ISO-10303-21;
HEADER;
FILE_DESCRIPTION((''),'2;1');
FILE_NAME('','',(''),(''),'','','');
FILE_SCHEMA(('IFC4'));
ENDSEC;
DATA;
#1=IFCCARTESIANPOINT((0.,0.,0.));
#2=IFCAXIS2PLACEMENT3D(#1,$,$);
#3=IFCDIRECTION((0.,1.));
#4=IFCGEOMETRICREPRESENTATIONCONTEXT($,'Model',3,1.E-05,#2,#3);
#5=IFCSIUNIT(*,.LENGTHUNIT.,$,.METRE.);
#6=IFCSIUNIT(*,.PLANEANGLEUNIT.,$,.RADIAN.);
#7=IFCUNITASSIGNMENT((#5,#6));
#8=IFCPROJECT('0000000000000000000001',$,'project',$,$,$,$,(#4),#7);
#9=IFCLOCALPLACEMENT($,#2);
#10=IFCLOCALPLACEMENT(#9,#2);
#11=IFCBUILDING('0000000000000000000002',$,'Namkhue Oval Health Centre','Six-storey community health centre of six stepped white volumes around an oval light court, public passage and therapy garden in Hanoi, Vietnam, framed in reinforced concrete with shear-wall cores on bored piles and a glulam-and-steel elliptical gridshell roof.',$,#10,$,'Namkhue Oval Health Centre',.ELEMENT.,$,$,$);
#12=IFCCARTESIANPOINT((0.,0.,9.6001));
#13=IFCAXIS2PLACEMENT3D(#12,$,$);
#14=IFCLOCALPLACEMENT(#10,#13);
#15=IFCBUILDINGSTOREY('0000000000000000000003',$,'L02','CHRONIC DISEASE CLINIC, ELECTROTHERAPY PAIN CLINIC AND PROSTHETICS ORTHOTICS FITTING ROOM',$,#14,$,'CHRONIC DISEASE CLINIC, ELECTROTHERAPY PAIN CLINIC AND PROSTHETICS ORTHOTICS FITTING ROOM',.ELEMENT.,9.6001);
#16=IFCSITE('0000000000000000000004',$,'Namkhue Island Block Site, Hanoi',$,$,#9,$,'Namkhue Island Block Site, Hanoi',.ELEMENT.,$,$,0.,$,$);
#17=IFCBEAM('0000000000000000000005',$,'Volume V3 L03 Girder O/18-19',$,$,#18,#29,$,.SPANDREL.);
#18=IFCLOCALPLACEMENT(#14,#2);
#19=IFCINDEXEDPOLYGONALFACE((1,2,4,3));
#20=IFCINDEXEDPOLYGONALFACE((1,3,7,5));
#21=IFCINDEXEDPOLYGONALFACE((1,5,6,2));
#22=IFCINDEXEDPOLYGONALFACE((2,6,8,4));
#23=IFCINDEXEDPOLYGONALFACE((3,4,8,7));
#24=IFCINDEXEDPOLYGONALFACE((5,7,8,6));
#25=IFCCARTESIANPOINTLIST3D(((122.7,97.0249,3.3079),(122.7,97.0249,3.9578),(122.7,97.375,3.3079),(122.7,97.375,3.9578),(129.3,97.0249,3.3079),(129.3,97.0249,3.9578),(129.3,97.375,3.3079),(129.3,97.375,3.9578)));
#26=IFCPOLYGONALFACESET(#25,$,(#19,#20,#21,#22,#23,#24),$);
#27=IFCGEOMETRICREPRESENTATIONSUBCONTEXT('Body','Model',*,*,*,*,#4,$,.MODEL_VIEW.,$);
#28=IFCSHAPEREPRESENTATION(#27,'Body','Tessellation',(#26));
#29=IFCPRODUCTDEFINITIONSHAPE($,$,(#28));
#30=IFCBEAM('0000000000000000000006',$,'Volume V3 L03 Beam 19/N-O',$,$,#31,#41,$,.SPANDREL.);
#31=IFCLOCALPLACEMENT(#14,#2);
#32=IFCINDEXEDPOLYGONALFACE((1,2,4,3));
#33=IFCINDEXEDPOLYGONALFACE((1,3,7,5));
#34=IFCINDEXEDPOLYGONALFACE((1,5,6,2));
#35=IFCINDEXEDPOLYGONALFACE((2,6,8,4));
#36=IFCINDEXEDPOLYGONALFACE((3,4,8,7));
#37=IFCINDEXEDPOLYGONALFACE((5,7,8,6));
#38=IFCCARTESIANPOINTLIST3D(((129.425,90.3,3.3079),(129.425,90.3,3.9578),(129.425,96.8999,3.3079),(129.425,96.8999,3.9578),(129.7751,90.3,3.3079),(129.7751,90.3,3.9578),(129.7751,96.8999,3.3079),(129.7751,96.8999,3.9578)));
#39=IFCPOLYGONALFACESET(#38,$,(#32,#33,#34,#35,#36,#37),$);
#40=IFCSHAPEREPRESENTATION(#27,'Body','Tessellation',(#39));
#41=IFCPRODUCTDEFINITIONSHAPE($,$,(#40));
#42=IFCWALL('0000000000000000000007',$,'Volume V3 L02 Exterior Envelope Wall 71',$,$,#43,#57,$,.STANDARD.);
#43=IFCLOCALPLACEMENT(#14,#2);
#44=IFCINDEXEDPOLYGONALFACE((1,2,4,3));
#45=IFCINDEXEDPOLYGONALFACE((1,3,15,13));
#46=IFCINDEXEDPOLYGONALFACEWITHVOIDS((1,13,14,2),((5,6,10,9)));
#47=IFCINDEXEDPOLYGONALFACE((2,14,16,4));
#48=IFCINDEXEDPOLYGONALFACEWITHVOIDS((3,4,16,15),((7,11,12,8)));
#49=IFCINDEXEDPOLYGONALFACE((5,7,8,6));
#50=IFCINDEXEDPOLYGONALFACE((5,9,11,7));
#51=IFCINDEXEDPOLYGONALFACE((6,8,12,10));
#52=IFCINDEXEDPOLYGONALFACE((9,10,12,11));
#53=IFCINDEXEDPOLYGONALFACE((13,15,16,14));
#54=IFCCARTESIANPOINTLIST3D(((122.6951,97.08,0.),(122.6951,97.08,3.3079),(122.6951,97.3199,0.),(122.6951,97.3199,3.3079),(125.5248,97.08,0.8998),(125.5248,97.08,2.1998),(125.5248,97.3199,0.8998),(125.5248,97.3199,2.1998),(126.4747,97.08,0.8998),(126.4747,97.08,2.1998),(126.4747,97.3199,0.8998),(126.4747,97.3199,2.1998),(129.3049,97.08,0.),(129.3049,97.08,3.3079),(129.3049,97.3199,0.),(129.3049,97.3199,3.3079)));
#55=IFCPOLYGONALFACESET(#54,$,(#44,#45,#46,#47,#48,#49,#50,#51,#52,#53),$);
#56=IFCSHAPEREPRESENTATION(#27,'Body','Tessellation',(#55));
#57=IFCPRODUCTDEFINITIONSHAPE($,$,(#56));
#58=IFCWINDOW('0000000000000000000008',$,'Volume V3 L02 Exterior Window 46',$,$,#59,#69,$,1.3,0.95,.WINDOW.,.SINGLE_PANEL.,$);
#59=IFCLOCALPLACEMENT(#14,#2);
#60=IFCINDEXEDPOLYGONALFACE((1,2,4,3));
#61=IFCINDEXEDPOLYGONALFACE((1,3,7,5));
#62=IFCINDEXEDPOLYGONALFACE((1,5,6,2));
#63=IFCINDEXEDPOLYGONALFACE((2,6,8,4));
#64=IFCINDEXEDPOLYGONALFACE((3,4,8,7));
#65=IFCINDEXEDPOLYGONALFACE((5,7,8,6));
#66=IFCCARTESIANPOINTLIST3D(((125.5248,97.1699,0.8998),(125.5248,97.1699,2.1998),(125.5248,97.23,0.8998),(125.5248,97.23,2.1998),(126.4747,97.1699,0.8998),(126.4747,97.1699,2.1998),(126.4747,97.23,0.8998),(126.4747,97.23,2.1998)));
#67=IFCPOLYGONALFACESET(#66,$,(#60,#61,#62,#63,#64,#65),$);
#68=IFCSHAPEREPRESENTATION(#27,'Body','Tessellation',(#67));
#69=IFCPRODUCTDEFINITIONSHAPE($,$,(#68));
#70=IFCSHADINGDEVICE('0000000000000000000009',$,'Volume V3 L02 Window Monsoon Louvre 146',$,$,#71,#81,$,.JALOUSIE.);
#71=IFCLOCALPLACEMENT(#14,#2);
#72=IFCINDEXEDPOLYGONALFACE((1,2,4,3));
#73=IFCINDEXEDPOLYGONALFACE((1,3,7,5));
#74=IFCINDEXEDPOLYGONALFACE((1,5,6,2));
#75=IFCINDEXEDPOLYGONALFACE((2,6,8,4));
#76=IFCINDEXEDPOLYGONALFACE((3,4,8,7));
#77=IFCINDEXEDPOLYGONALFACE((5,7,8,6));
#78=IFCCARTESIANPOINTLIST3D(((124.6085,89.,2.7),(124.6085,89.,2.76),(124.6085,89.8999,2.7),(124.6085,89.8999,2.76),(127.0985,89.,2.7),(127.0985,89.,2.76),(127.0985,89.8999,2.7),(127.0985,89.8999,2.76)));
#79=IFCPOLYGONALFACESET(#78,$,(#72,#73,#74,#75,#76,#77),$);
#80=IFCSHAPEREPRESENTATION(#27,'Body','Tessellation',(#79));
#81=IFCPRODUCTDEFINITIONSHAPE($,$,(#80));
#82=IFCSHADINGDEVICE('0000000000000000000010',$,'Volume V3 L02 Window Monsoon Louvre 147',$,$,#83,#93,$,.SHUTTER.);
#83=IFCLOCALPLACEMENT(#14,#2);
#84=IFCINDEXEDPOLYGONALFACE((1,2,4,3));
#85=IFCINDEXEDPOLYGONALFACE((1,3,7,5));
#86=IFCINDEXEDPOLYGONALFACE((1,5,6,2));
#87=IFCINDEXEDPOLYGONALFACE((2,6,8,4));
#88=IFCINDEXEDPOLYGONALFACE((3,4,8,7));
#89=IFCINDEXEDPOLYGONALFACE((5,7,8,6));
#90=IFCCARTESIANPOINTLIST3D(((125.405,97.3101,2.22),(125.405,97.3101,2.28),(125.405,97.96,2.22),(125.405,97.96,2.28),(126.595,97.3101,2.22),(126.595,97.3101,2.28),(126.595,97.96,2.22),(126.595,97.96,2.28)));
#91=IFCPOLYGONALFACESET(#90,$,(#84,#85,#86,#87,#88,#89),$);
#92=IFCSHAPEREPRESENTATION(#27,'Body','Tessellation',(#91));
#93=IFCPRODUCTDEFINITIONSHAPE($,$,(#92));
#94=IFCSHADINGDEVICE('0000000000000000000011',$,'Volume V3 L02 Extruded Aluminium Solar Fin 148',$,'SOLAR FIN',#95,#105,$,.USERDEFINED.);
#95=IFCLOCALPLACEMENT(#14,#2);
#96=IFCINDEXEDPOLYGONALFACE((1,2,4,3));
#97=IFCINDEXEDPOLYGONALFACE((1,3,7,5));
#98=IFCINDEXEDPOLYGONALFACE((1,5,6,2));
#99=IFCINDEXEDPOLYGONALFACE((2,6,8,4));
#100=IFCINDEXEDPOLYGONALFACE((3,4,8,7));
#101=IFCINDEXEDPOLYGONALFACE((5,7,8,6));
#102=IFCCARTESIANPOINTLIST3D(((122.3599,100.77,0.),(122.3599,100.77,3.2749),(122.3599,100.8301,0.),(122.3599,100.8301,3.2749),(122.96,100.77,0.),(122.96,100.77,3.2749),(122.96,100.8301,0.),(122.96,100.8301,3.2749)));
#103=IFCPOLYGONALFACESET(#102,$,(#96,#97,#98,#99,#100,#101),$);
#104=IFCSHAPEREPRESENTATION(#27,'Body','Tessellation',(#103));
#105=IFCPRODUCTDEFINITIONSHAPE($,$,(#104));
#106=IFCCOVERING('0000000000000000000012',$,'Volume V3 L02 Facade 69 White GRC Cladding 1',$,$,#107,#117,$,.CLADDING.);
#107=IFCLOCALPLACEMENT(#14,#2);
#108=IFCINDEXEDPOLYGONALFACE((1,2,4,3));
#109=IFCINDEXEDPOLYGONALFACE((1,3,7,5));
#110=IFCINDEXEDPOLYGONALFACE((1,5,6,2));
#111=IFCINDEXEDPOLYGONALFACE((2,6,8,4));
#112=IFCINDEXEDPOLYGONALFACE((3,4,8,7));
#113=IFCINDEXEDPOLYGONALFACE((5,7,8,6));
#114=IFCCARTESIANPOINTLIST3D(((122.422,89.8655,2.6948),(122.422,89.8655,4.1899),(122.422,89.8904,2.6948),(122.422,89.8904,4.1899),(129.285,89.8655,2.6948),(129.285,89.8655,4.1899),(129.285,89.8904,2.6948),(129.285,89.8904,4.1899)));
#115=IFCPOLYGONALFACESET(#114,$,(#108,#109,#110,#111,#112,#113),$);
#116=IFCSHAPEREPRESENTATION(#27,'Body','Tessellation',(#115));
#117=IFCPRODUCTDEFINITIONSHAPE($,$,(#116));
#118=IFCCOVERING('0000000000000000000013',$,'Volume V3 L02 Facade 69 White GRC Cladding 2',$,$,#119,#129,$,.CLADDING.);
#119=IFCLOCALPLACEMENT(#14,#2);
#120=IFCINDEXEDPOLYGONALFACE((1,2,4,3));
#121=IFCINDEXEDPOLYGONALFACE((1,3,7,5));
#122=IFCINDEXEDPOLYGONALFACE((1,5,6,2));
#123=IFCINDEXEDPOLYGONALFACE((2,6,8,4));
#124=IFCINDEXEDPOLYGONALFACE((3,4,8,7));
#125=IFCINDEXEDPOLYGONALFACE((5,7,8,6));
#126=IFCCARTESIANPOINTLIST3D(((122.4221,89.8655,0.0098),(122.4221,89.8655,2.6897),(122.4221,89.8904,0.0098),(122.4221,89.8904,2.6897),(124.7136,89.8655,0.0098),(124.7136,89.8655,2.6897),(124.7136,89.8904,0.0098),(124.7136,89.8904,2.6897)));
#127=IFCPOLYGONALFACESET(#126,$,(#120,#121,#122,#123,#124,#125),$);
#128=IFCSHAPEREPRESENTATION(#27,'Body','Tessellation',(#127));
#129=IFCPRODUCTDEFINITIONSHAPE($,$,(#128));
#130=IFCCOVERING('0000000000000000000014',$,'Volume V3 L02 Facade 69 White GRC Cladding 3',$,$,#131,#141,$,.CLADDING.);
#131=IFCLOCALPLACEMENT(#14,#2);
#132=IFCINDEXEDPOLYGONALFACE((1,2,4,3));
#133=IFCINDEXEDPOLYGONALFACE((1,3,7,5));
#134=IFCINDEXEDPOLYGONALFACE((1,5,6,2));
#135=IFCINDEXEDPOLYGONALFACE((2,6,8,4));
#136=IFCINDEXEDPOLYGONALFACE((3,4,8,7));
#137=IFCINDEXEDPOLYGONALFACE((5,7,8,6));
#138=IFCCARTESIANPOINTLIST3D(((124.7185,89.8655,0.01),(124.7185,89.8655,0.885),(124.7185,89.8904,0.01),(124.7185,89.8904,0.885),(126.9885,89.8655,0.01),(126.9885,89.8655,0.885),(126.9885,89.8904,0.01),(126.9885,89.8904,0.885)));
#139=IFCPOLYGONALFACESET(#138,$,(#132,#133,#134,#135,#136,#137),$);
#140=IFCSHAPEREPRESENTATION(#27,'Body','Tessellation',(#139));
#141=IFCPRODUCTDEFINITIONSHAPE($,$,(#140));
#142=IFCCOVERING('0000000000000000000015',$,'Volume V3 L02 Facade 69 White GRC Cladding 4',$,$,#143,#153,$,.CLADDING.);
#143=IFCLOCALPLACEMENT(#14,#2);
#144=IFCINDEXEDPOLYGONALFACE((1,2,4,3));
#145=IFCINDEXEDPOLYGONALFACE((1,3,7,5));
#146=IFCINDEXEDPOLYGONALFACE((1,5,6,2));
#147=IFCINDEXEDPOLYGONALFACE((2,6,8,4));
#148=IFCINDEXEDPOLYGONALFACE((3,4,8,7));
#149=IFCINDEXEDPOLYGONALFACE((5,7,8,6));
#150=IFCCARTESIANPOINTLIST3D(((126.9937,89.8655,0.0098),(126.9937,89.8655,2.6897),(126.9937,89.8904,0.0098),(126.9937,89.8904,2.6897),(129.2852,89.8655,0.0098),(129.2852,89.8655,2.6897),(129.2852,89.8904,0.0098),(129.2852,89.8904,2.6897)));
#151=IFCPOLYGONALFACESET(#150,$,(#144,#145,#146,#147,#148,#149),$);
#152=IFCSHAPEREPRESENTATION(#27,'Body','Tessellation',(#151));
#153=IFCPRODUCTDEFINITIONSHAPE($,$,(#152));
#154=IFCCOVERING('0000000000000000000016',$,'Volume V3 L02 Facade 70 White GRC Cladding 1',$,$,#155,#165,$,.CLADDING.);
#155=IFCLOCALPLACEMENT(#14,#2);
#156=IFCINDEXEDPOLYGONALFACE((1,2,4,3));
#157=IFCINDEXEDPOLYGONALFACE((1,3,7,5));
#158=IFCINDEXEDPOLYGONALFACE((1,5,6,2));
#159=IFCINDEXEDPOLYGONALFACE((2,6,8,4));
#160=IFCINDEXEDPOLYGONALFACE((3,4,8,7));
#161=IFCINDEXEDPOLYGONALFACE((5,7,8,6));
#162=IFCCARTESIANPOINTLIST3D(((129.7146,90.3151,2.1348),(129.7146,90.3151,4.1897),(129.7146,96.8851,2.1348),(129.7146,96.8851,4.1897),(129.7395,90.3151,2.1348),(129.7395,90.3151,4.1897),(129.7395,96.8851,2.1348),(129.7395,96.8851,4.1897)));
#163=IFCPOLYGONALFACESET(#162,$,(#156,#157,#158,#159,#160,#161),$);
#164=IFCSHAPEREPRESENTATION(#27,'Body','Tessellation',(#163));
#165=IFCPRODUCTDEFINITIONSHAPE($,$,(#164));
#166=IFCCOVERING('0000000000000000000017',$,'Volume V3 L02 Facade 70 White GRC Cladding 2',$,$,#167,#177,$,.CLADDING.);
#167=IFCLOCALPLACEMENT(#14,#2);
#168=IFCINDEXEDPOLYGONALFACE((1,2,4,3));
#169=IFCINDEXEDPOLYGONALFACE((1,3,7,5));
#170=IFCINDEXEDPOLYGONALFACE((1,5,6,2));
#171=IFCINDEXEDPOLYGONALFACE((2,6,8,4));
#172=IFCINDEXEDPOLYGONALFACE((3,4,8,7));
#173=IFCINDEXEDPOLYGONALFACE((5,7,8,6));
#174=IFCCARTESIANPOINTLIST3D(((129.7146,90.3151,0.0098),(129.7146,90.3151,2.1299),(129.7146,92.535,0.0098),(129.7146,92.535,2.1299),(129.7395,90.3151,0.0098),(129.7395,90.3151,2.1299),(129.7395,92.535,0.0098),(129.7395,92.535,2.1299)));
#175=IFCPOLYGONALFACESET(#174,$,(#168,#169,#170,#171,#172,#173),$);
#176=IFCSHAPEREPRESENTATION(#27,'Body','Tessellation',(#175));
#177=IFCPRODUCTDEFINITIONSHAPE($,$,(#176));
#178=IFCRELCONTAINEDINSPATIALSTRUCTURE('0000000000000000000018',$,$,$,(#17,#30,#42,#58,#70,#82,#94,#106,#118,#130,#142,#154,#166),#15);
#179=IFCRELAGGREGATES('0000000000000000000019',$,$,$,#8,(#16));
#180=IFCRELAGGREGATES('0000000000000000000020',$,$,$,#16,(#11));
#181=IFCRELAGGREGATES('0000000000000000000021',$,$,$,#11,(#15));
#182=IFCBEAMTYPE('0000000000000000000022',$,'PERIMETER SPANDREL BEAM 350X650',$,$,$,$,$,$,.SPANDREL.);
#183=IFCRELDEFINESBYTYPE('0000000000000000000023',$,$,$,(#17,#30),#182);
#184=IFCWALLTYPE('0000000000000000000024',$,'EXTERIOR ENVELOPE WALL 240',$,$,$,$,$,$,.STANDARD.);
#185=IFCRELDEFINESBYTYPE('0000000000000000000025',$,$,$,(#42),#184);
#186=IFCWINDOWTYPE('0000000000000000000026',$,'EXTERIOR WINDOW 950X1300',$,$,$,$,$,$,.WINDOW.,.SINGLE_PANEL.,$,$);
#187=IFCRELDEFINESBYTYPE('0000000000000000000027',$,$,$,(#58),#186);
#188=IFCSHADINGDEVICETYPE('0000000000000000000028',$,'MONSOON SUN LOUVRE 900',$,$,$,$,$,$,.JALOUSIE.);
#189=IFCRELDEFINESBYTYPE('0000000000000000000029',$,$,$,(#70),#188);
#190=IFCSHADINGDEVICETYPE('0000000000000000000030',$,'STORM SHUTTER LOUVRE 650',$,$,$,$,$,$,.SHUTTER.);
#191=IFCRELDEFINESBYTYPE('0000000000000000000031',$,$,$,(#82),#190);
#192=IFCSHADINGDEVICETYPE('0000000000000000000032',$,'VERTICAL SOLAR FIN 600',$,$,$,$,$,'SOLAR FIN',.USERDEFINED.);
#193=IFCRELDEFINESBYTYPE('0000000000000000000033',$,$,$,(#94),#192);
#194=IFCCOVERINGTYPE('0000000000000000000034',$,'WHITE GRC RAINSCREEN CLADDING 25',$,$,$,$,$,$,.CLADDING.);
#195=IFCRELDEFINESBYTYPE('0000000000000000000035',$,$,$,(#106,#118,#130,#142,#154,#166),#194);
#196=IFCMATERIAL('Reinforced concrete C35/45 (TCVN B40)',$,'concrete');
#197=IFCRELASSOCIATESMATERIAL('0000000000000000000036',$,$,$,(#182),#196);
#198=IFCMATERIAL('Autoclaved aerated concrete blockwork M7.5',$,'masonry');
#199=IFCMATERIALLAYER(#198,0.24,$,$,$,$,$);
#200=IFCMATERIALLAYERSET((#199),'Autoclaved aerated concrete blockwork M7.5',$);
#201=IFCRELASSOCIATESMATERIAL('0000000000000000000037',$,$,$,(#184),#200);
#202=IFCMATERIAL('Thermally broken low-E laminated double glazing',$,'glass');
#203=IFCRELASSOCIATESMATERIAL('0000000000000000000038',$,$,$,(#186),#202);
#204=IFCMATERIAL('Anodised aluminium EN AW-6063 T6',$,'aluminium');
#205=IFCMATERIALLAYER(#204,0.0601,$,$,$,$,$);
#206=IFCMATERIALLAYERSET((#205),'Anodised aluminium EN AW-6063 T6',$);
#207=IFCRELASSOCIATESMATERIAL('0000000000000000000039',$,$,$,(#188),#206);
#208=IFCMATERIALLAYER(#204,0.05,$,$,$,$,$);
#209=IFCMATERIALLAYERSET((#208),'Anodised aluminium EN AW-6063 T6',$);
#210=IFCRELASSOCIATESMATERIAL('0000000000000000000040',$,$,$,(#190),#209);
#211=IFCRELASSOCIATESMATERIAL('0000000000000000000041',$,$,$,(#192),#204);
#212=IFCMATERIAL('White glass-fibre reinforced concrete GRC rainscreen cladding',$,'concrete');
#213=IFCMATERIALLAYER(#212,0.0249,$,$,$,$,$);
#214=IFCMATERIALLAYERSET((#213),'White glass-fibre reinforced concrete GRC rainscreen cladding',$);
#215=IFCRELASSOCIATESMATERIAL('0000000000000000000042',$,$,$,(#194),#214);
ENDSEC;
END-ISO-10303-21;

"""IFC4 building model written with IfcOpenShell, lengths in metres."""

from ifc_helpers import new_model, si_unit, direction, frame, frame_2d, origin, origin_2d, place, context, subcontext, project, spatial, rectangle, extrude, material, layer, layer_set, material_profile, profile_set, type_object, element, fill, save


model = new_model("IFC4")

# Units and contexts
model_context = context("Model", 3, precision=1e-05, world=origin(), true_north=direction((0.0, 1.0)))
body_context = subcontext(model_context, "Body", "Model", "MODEL_VIEW")
ifc_project = project(units=[si_unit("LENGTHUNIT", "METRE"), si_unit("PLANEANGLEUNIT", "RADIAN")], contexts=[model_context])

# Site, building, storey
site_placement = place(None, origin())
site = spatial("IfcSite", under=ifc_project, at=site_placement, Name="Namkhue Island Block Site, Hanoi", LongName="Namkhue Island Block Site, Hanoi", CompositionType="ELEMENT", RefElevation=0.0)
building_placement = place(site_placement, origin())
building = spatial("IfcBuilding", under=site, at=building_placement, Name="Namkhue Oval Health Centre", Description="Six-storey community health centre of six stepped white volumes around an oval light court, public passage and therapy garden in Hanoi, Vietnam, framed in reinforced concrete with shear-wall cores on bored piles and a glulam-and-steel elliptical gridshell roof.", LongName="Namkhue Oval Health Centre", CompositionType="ELEMENT")
storey_placement = place(building_placement, frame((0.0, 0.0, 9.6001)))
storey = spatial("IfcBuildingStorey", under=building, at=storey_placement, Name="L02", Description="CHRONIC DISEASE CLINIC, ELECTROTHERAPY PAIN CLINIC AND PROSTHETICS ORTHOTICS FITTING ROOM", LongName="CHRONIC DISEASE CLINIC, ELECTROTHERAPY PAIN CLINIC AND PROSTHETICS ORTHOTICS FITTING ROOM", CompositionType="ELEMENT", Elevation=9.6001)

# Shared definitions
ifc_material_1 = material(Name="Reinforced concrete C35/45 (TCVN B40)", Category="concrete")

# Beams
ifc_material_profile_1 = material_profile(ifc_material_1, rectangle(XDim=0.3501, YDim=0.6499, at=origin_2d()), Name="RC 350x650")
ifc_profile_set_1 = profile_set([ifc_material_profile_1], Name="Reinforced concrete C35/45 (TCVN B40)")
beam_type = type_object("IfcBeamType", Name="PERIMETER SPANDREL BEAM 350X650", PredefinedType="SPANDREL", material=ifc_profile_set_1)
beam_1_placement = place(storey_placement, frame((122.7, 97.2, 3.6328), z_axis=(1.0, 0.0, 0.0), x_axis=(0.0, 1.0, 0.0)))
element("IfcBeam", 1, at=beam_1_placement, inside=storey, type_object=beam_type, Name="Volume V3 L03 Girder O/18-19", PredefinedType="SPANDREL", context=body_context, shape_type="SweptSolid", body=[
    extrude(rectangle(XDim=0.3501, YDim=0.6499, at=origin_2d()), origin(), (0.0, 0.0, 1.0), 6.6001),
])
beam_2_placement = place(storey_placement, frame((129.6001, 90.3, 3.6328), z_axis=(0.0, 1.0, 0.0), x_axis=(-1.0, 0.0, 0.0)))
element("IfcBeam", 2, at=beam_2_placement, inside=storey, type_object=beam_type, Name="Volume V3 L03 Beam 19/N-O", PredefinedType="SPANDREL", context=body_context, shape_type="SweptSolid", body=[
    extrude(rectangle(XDim=0.3501, YDim=0.6499, at=origin_2d()), origin(), (0.0, 0.0, 1.0), 6.5999),
])

# Shared definitions
ifc_material_2 = material(Name="Autoclaved aerated concrete blockwork M7.5", Category="masonry")

# Wall, opening, window
ifc_layer_1 = layer(ifc_material_2, 0.24)
ifc_layer_set_1 = layer_set([ifc_layer_1], Name="Autoclaved aerated concrete blockwork M7.5")
wall_type_1 = type_object("IfcWallType", Name="EXTERIOR ENVELOPE WALL 240", PredefinedType="STANDARD", material=ifc_layer_set_1)
wall_1_placement = place(storey_placement, frame((129.3049, 97.2, 0.0), z_axis=(0.0, 0.0, 1.0), x_axis=(-1.0, 0.0, 0.0)))
wall_1 = element("IfcWall", 3, at=wall_1_placement, inside=storey, type_object=wall_type_1, Name="Volume V3 L02 Exterior Envelope Wall 71", PredefinedType="STANDARD", context=body_context, shape_type="SweptSolid", body=[
    extrude(rectangle(XDim=6.6099, YDim=0.24, at=frame_2d((3.3049, 0.0))), origin(), (0.0, 0.0, 1.0), 3.3079),
])
opening_1_placement = place(wall_1_placement, frame((2.8301, 0.0, 0.8999)))
opening_1 = element("IfcOpeningElement", 4, at=opening_1_placement, cuts=wall_1, PredefinedType="OPENING", context=body_context, shape_type="SweptSolid", body=[
    extrude(rectangle(XDim=0.95, YDim=1.3, at=frame_2d((0.4751, 0.6499))), frame((0.0, 0.1299, 0.0), z_axis=(0.0, -1.0, 0.0), x_axis=(1.0, 0.0, 0.0)), (0.0, 0.0, 1.0), 0.26),
])
ifc_material_3 = material(Name="Thermally broken low-E laminated double glazing", Category="glass")
window_type = type_object("IfcWindowType", Name="EXTERIOR WINDOW 950X1300", PartitioningType="SINGLE_PANEL", PredefinedType="WINDOW", material=ifc_material_3)
window_placement = place(opening_1_placement, origin())
window = element("IfcWindow", 5, at=window_placement, inside=storey, type_object=window_type, Name="Volume V3 L02 Exterior Window 46", OverallHeight=1.3, OverallWidth=0.95, PartitioningType="SINGLE_PANEL", PredefinedType="WINDOW", context=body_context, shape_type="SweptSolid", body=[
    extrude(rectangle(XDim=0.95, YDim=1.3, at=frame_2d((0.4751, 0.6499))), frame((0.0, 0.03, 0.0), z_axis=(0.0, -1.0, 0.0), x_axis=(1.0, 0.0, 0.0)), (0.0, 0.0, 1.0), 0.0601),
])
fill(opening_1, window)

# Shading devices
ifc_material_4 = material(Name="Anodised aluminium EN AW-6063 T6", Category="aluminium")
ifc_layer_2 = layer(ifc_material_4, 0.0601)
ifc_layer_set_2 = layer_set([ifc_layer_2], Name="Anodised aluminium EN AW-6063 T6")
shading_device_type_1 = type_object("IfcShadingDeviceType", Name="MONSOON SUN LOUVRE 900", PredefinedType="JALOUSIE", material=ifc_layer_set_2)
shading_device_1_placement = place(storey_placement, frame((125.8535, 89.45, 2.7), z_axis=(0.0, 0.0, 1.0), x_axis=(1.0, 0.0, 0.0)))
element("IfcShadingDevice", 6, at=shading_device_1_placement, inside=storey, type_object=shading_device_type_1, Name="Volume V3 L02 Window Monsoon Louvre 146", PredefinedType="JALOUSIE", context=body_context, shape_type="SweptSolid", body=[
    extrude(rectangle(XDim=2.49, YDim=0.8999, at=origin_2d()), origin(), (0.0, 0.0, 1.0), 0.0601),
])
ifc_layer_3 = layer(ifc_material_4, 0.05)
ifc_layer_set_3 = layer_set([ifc_layer_3], Name="Anodised aluminium EN AW-6063 T6")
shading_device_type_2 = type_object("IfcShadingDeviceType", Name="STORM SHUTTER LOUVRE 650", PredefinedType="SHUTTER", material=ifc_layer_set_3)
shading_device_2_placement = place(storey_placement, frame((126.0, 97.635, 2.22), z_axis=(0.0, 0.0, 1.0), x_axis=(-1.0, 0.0, 0.0)))
element("IfcShadingDevice", 7, at=shading_device_2_placement, inside=storey, type_object=shading_device_type_2, Name="Volume V3 L02 Window Monsoon Louvre 147", PredefinedType="SHUTTER", context=body_context, shape_type="SweptSolid", body=[
    extrude(rectangle(XDim=1.1899, YDim=0.6499, at=origin_2d()), origin(), (0.0, 0.0, 1.0), 0.0601),
])
shading_device_type_3 = type_object("IfcShadingDeviceType", Name="VERTICAL SOLAR FIN 600", ElementType="SOLAR FIN", PredefinedType="USERDEFINED", material=ifc_material_4)
shading_device_3_placement = place(storey_placement, frame((122.6599, 100.8, 0.0), z_axis=(0.0, 0.0, 1.0), x_axis=(1.0, 0.0, 0.0)))
element("IfcShadingDevice", 8, at=shading_device_3_placement, inside=storey, type_object=shading_device_type_3, Name="Volume V3 L02 Extruded Aluminium Solar Fin 148", ObjectType="SOLAR FIN", PredefinedType="USERDEFINED", context=body_context, shape_type="SweptSolid", body=[
    extrude(rectangle(XDim=0.6001, YDim=0.0601, at=origin_2d()), origin(), (0.0, 0.0, 1.0), 3.2749),
])

# Coverings
ifc_material_5 = material(Name="White glass-fibre reinforced concrete GRC rainscreen cladding", Category="concrete")
ifc_layer_4 = layer(ifc_material_5, 0.0249)
ifc_layer_set_4 = layer_set([ifc_layer_4], Name="White glass-fibre reinforced concrete GRC rainscreen cladding")
covering_type = type_object("IfcCoveringType", Name="WHITE GRC RAINSCREEN CLADDING 25", PredefinedType="CLADDING", material=ifc_layer_set_4)
covering_1_placement = place(storey_placement, frame((125.8535, 89.8779, 2.6948), z_axis=(0.0, 0.0, 1.0), x_axis=(1.0, 0.0, 0.0)))
element("IfcCovering", 9, at=covering_1_placement, inside=storey, type_object=covering_type, Name="Volume V3 L02 Facade 69 White GRC Cladding 1", PredefinedType="CLADDING", context=body_context, shape_type="SweptSolid", body=[
    extrude(rectangle(XDim=6.863, YDim=0.0249, at=origin_2d()), origin(), (0.0, 0.0, 1.0), 1.4951),
])
covering_2_placement = place(storey_placement, frame((123.5679, 89.8779, 0.0098), z_axis=(0.0, 0.0, 1.0), x_axis=(1.0, 0.0, 0.0)))
element("IfcCovering", 10, at=covering_2_placement, inside=storey, type_object=covering_type, Name="Volume V3 L02 Facade 69 White GRC Cladding 2", PredefinedType="CLADDING", context=body_context, shape_type="SweptSolid", body=[
    extrude(rectangle(XDim=2.2915, YDim=0.0249, at=origin_2d()), origin(), (0.0, 0.0, 1.0), 2.6799),
])
covering_3_placement = place(storey_placement, frame((125.8535, 89.8779, 0.01), z_axis=(0.0, 0.0, 1.0), x_axis=(1.0, 0.0, 0.0)))
element("IfcCovering", 11, at=covering_3_placement, inside=storey, type_object=covering_type, Name="Volume V3 L02 Facade 69 White GRC Cladding 3", PredefinedType="CLADDING", context=body_context, shape_type="SweptSolid", body=[
    extrude(rectangle(XDim=2.27, YDim=0.0249, at=origin_2d()), origin(), (0.0, 0.0, 1.0), 0.875),
])
covering_4_placement = place(storey_placement, frame((128.1394, 89.8779, 0.0098), z_axis=(0.0, 0.0, 1.0), x_axis=(1.0, 0.0, 0.0)))
element("IfcCovering", 12, at=covering_4_placement, inside=storey, type_object=covering_type, Name="Volume V3 L02 Facade 69 White GRC Cladding 4", PredefinedType="CLADDING", context=body_context, shape_type="SweptSolid", body=[
    extrude(rectangle(XDim=2.2915, YDim=0.0249, at=origin_2d()), origin(), (0.0, 0.0, 1.0), 2.6799),
])
covering_5_placement = place(storey_placement, frame((129.7271, 93.6001, 2.1348), z_axis=(0.0, 0.0, 1.0), x_axis=(0.0, 1.0, 0.0)))
element("IfcCovering", 13, at=covering_5_placement, inside=storey, type_object=covering_type, Name="Volume V3 L02 Facade 70 White GRC Cladding 1", PredefinedType="CLADDING", context=body_context, shape_type="SweptSolid", body=[
    extrude(rectangle(XDim=6.5701, YDim=0.0249, at=origin_2d()), origin(), (0.0, 0.0, 1.0), 2.0549),
])
covering_6_placement = place(storey_placement, frame((129.7271, 91.425, 0.0098), z_axis=(0.0, 0.0, 1.0), x_axis=(0.0, 1.0, 0.0)))
element("IfcCovering", 14, at=covering_6_placement, inside=storey, type_object=covering_type, Name="Volume V3 L02 Facade 70 White GRC Cladding 2", PredefinedType="CLADDING", context=body_context, shape_type="SweptSolid", body=[
    extrude(rectangle(XDim=2.22, YDim=0.0249, at=origin_2d()), origin(), (0.0, 0.0, 1.0), 2.1201),
])

save(model, "model.ifc")
